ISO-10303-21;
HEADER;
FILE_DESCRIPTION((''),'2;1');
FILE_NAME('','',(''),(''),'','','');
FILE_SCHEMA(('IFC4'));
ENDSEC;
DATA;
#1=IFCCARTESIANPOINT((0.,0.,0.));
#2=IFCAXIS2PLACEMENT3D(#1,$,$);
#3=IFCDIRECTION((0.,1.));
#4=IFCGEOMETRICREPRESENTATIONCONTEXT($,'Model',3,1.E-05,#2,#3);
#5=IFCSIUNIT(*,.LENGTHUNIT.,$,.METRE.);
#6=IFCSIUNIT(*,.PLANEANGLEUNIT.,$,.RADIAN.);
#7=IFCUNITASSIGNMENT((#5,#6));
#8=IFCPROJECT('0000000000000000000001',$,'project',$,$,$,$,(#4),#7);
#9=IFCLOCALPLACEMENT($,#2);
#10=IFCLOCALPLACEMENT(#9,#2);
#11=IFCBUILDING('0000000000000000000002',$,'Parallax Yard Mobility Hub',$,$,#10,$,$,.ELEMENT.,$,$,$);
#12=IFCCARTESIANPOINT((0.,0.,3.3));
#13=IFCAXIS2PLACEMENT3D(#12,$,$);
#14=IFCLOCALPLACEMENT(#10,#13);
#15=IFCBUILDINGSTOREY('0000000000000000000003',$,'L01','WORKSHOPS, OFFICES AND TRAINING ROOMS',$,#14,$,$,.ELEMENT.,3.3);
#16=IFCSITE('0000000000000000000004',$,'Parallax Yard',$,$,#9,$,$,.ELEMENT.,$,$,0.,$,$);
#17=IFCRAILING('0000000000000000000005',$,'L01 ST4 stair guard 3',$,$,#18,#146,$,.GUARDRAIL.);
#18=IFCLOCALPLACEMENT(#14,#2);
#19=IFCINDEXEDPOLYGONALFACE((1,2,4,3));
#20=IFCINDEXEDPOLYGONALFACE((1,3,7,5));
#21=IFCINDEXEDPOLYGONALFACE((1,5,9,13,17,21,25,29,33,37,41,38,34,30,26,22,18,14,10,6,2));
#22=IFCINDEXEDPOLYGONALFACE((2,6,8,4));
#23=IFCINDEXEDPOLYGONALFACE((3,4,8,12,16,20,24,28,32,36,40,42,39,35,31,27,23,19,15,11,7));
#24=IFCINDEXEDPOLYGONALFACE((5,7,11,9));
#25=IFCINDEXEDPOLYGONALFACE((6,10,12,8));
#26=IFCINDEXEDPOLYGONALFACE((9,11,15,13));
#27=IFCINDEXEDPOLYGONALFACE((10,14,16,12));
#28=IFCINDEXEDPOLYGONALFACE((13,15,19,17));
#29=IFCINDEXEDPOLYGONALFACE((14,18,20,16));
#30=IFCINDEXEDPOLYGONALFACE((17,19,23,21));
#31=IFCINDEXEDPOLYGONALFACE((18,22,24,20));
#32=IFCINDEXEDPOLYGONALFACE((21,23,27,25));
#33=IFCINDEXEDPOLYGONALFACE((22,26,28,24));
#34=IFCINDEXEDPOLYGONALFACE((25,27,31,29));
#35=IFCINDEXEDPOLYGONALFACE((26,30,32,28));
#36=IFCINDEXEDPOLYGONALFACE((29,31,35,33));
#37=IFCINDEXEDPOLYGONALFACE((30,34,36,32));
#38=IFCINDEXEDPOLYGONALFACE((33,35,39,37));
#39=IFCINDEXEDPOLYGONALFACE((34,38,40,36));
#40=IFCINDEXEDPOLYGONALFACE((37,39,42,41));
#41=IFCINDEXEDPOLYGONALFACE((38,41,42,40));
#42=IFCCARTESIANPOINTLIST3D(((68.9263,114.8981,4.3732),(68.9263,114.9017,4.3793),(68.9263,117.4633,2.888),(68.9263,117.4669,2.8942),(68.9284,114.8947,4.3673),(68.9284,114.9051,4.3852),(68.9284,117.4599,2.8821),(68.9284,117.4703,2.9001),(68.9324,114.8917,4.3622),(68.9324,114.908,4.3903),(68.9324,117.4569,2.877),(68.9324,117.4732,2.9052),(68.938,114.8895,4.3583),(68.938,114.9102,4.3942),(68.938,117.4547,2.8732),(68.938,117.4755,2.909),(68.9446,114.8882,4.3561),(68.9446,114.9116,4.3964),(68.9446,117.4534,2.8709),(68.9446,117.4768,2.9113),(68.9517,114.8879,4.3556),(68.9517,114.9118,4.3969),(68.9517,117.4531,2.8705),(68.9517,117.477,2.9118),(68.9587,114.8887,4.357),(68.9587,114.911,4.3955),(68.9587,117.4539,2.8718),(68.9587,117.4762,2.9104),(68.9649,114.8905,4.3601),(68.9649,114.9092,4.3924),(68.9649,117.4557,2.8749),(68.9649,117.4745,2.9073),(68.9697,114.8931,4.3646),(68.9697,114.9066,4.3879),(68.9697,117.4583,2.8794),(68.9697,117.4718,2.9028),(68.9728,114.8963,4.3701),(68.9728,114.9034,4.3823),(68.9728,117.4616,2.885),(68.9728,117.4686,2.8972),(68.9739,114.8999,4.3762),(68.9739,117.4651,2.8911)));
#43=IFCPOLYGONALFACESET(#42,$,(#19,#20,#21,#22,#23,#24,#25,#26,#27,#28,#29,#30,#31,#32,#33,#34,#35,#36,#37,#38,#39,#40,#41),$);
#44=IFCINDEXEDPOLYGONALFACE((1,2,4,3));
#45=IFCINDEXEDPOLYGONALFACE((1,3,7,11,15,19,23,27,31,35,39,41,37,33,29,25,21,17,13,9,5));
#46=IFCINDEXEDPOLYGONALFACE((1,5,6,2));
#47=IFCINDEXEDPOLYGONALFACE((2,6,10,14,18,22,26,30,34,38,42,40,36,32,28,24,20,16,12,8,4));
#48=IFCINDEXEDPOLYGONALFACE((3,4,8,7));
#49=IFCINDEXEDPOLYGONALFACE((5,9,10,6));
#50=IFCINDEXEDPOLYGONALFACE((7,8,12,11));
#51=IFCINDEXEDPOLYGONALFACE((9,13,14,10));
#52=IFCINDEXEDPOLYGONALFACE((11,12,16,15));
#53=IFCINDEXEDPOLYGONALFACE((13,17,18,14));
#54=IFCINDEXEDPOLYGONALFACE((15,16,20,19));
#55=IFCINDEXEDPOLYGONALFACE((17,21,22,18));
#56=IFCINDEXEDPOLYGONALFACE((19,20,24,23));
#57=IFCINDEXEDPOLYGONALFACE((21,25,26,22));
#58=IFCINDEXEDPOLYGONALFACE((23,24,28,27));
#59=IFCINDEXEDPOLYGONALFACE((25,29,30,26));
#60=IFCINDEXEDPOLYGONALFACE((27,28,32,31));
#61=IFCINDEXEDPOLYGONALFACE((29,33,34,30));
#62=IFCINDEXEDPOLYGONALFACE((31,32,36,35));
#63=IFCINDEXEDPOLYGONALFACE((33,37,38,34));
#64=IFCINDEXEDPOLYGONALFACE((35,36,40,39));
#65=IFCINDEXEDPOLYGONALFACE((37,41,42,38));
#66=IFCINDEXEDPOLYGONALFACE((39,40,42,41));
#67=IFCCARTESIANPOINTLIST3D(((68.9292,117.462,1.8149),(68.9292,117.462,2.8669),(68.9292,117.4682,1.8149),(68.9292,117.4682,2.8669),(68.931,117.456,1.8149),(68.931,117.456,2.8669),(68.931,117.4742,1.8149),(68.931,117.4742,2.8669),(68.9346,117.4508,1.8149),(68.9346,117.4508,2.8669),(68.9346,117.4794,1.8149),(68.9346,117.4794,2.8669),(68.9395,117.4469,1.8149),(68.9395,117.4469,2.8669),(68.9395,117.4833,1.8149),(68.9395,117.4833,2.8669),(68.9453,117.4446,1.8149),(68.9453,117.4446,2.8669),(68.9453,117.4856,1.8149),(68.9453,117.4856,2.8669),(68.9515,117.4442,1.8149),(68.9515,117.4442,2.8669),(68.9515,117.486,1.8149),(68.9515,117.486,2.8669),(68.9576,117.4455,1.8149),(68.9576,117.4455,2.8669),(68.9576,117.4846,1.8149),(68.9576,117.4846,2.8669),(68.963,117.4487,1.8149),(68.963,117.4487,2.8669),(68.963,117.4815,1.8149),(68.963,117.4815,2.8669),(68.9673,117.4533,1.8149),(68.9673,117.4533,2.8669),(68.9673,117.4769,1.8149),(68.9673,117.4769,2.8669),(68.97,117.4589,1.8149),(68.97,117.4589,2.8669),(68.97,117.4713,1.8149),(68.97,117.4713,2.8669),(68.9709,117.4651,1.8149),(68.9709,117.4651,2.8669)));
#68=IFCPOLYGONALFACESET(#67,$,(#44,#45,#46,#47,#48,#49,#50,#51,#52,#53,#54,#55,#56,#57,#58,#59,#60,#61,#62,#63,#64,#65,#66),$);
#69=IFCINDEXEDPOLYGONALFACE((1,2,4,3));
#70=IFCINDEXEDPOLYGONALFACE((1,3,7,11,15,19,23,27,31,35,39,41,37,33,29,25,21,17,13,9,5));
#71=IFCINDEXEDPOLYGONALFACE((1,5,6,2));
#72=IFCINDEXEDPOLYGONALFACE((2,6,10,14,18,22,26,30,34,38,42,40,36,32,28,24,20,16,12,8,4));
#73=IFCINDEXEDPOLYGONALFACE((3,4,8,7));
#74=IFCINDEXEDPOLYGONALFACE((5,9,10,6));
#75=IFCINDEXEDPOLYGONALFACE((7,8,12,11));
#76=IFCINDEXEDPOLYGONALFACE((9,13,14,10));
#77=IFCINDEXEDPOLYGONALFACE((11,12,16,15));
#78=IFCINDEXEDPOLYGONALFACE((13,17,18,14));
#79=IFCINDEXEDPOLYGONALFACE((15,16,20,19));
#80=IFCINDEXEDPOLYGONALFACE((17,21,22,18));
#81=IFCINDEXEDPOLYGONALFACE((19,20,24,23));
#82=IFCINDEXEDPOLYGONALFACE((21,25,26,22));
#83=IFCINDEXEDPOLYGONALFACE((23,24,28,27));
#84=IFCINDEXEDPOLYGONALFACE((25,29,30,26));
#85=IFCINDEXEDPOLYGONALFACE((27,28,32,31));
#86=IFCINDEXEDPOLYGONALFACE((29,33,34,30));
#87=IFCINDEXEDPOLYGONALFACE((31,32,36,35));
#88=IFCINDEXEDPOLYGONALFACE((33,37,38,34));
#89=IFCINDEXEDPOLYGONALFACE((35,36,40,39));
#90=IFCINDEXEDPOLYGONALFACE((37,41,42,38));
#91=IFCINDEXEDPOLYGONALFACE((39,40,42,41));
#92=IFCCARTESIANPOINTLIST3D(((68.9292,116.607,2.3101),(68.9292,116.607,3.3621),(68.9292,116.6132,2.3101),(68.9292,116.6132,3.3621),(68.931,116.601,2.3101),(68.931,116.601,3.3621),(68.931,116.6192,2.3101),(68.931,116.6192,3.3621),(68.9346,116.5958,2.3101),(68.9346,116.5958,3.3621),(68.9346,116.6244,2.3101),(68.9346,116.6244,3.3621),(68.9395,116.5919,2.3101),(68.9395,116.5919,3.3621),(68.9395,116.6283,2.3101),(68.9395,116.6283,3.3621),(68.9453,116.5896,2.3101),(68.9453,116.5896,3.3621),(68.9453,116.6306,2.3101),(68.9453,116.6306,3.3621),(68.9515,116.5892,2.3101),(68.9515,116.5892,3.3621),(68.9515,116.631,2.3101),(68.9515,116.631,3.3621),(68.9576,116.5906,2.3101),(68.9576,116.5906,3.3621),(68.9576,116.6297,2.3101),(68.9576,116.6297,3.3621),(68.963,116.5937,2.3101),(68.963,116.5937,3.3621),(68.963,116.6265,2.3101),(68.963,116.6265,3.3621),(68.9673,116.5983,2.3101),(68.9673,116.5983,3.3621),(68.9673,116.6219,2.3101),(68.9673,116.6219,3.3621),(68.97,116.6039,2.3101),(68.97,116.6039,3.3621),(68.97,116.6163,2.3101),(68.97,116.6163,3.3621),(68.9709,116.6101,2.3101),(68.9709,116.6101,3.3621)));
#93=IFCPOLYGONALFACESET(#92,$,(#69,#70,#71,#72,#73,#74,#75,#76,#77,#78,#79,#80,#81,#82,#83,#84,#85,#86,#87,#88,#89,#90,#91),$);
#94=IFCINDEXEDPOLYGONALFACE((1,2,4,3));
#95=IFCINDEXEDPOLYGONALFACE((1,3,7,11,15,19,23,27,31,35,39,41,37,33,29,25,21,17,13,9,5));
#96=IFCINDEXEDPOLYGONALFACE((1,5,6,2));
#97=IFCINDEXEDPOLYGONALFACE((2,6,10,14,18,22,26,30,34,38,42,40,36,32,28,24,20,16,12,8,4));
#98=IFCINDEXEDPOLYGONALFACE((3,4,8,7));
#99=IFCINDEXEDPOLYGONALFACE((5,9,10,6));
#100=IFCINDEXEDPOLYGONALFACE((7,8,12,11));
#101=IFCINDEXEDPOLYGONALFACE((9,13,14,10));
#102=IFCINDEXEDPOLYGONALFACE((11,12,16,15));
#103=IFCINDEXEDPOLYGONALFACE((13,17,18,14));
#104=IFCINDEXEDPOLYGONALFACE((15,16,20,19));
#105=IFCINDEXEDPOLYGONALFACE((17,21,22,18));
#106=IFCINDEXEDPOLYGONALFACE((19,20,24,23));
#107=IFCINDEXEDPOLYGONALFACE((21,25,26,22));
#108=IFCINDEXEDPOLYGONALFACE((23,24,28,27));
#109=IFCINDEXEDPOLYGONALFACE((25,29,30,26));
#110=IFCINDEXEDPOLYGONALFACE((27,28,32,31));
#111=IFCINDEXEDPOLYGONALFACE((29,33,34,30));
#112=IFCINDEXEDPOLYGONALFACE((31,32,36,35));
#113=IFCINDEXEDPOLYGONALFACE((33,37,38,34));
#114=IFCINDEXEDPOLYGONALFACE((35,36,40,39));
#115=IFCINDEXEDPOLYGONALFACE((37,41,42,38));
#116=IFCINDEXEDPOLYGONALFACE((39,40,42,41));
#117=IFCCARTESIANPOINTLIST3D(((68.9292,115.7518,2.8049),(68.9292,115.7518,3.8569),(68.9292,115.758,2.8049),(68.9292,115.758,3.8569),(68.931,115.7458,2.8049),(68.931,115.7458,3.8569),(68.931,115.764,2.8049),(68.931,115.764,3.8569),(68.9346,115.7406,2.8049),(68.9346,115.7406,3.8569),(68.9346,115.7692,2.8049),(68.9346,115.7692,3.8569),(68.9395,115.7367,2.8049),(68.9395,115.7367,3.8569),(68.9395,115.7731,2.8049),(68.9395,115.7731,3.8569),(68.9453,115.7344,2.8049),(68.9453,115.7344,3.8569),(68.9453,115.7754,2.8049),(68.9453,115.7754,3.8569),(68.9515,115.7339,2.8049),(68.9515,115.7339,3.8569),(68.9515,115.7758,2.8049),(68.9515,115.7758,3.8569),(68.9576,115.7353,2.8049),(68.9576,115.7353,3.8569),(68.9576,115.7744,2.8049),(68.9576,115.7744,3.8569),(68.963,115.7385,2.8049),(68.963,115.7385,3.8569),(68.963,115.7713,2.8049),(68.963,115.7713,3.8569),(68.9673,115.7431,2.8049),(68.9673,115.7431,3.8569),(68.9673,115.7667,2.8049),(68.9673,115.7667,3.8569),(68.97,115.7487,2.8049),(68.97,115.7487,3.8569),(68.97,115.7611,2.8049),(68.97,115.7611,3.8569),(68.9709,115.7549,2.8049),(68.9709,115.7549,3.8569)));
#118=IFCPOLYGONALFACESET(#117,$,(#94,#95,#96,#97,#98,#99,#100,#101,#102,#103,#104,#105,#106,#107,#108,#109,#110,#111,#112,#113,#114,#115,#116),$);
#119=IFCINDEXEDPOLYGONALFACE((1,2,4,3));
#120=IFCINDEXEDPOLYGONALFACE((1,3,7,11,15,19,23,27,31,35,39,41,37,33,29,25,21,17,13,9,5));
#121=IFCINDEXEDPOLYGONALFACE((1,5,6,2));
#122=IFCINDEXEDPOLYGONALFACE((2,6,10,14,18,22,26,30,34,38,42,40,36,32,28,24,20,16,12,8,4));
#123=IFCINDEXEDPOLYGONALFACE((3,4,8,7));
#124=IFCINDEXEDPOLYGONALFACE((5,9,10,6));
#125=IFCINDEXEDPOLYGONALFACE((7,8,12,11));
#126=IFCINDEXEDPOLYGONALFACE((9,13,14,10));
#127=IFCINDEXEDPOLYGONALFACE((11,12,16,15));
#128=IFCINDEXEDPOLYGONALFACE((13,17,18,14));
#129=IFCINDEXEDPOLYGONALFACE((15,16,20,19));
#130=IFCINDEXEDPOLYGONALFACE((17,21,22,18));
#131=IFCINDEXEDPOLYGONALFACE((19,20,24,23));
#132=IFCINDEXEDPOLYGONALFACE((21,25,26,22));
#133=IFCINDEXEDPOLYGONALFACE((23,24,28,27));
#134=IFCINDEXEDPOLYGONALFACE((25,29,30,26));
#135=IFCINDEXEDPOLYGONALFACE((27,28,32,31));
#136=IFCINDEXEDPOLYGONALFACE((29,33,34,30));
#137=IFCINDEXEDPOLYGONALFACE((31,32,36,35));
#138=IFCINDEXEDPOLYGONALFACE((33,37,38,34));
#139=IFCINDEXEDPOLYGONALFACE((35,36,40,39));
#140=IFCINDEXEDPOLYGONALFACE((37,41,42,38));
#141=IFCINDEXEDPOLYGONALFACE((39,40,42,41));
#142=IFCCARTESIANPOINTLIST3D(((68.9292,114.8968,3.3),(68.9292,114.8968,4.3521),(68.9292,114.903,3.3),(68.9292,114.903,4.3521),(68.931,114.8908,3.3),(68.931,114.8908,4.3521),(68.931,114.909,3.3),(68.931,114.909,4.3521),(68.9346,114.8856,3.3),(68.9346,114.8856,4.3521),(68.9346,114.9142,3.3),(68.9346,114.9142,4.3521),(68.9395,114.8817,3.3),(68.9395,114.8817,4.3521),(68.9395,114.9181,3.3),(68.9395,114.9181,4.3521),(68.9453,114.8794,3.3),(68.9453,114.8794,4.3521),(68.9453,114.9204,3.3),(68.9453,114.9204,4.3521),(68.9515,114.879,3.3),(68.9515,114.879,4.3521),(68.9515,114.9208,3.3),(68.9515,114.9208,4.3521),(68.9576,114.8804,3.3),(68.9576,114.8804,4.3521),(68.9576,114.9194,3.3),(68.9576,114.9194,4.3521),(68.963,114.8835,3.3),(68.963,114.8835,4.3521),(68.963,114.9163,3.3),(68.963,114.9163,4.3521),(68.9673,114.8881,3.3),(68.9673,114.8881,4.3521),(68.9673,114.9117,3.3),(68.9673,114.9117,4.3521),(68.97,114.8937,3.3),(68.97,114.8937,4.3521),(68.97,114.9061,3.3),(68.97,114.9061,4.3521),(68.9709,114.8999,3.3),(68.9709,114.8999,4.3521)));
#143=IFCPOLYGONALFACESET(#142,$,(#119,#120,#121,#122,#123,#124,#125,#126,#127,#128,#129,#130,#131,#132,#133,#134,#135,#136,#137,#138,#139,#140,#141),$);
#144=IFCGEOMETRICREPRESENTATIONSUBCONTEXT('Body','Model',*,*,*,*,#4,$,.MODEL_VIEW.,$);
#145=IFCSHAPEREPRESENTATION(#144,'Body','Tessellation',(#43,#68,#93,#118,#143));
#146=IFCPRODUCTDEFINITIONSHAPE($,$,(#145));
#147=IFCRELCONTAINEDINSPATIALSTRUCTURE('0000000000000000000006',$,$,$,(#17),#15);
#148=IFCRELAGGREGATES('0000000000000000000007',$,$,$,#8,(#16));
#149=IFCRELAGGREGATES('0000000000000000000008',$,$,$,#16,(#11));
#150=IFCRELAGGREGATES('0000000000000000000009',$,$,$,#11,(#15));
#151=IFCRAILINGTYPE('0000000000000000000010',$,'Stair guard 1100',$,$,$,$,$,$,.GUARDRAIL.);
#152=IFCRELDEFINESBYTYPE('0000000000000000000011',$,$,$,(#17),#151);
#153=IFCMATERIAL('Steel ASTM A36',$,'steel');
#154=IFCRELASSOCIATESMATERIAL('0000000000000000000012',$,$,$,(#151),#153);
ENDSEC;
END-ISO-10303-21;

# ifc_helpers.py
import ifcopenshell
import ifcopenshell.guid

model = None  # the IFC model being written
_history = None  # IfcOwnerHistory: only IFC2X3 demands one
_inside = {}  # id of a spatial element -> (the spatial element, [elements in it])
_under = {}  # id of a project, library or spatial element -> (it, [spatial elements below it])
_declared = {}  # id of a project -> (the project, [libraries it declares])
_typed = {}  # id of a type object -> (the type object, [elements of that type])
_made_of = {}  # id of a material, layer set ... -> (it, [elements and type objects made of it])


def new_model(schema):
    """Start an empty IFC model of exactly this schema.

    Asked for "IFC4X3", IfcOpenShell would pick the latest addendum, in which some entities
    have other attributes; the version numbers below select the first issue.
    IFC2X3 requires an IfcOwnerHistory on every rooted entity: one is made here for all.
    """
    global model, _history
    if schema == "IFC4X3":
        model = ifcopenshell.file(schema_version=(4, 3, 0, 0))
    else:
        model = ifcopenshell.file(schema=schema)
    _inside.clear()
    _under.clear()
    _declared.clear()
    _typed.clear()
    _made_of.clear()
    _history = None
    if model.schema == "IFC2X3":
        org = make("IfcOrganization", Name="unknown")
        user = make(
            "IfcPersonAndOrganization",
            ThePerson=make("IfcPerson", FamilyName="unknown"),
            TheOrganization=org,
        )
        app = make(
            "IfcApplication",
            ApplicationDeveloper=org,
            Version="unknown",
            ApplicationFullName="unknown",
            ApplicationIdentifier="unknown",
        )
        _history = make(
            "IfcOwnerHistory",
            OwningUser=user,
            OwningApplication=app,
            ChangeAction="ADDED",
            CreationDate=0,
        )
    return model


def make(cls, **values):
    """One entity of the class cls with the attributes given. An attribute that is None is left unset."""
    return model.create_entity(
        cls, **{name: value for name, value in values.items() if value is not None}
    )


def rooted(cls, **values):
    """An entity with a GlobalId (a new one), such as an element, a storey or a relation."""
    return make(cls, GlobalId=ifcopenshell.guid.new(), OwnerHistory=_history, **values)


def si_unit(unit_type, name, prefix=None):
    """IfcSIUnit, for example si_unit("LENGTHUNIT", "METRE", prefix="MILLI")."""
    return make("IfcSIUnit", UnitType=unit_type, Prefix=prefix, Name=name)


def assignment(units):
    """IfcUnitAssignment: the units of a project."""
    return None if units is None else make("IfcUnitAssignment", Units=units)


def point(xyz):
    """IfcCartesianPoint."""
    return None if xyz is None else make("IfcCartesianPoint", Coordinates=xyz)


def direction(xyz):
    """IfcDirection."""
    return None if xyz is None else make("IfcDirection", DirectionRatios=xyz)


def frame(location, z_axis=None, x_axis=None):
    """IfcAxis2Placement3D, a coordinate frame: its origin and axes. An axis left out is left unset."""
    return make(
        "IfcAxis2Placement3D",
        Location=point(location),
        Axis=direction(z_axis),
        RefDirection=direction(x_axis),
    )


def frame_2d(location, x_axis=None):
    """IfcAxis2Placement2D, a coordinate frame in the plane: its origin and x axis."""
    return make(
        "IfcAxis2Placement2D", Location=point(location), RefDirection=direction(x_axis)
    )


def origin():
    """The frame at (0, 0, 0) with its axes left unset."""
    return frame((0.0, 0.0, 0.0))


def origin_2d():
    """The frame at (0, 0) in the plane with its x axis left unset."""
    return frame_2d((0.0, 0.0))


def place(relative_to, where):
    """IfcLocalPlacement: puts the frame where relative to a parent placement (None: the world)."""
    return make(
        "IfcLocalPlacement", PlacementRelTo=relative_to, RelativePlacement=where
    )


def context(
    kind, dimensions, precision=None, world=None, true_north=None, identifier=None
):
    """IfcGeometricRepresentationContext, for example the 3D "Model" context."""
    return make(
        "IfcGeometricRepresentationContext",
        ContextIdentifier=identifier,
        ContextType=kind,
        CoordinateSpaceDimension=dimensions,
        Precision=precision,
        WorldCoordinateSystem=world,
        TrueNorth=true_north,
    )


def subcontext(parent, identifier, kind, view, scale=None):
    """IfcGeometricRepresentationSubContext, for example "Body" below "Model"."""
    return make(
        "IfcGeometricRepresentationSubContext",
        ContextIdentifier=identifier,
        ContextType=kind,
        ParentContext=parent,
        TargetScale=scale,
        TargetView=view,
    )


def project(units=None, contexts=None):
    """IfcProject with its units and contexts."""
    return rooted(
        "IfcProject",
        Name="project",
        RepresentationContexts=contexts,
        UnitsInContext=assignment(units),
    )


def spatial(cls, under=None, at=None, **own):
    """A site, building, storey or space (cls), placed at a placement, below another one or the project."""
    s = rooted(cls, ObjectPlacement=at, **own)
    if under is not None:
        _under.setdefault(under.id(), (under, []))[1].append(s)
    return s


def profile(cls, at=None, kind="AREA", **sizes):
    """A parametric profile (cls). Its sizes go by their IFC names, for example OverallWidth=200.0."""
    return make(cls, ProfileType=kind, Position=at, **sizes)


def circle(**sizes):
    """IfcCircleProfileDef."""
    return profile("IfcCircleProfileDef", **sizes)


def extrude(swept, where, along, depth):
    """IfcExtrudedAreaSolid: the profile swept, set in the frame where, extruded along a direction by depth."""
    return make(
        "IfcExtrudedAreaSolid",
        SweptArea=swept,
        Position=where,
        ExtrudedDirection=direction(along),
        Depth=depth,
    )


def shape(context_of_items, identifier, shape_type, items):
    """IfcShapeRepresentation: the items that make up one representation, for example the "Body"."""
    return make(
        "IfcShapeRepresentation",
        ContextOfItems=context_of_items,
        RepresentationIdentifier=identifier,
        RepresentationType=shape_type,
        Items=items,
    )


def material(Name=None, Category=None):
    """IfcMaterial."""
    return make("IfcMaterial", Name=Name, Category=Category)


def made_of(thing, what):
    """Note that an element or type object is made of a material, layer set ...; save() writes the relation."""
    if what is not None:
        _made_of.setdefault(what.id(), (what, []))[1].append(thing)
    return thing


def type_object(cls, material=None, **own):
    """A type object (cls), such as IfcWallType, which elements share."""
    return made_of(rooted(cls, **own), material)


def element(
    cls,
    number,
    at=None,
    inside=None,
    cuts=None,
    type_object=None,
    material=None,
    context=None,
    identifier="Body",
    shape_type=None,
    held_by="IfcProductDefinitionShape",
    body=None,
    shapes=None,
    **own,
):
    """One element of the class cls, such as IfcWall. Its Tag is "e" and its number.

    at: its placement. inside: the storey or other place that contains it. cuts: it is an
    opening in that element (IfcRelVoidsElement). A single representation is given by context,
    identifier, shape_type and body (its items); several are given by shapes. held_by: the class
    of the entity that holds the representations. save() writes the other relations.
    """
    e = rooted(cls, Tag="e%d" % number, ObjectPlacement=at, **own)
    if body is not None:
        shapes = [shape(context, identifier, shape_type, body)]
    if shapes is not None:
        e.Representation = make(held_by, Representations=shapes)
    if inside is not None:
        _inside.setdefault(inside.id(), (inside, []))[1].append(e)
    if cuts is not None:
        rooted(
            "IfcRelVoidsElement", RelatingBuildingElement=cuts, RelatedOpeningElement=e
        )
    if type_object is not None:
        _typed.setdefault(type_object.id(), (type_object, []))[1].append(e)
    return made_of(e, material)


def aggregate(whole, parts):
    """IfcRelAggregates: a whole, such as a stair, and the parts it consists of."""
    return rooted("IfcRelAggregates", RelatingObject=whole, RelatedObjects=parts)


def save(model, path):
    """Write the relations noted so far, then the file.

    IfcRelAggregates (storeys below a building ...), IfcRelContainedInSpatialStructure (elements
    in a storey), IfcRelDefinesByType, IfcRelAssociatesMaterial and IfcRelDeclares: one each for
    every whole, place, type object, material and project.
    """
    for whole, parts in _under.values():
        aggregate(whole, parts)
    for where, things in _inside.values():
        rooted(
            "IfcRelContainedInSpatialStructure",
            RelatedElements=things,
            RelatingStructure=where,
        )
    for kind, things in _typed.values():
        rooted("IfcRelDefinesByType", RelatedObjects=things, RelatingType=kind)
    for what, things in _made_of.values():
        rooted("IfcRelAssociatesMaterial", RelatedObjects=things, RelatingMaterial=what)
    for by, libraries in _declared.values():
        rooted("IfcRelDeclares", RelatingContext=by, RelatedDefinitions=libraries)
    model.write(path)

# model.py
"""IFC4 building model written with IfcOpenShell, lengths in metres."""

from ifc_helpers import new_model, si_unit, direction, frame, origin, origin_2d, place, context, subcontext, project, spatial, circle, extrude, material, type_object, element, save


model = new_model("IFC4")

# Units and contexts
model_context = context("Model", 3, precision=1e-05, world=origin(), true_north=direction((0.0, 1.0)))
body_context = subcontext(model_context, "Body", "Model", "MODEL_VIEW")
ifc_project = project(units=[si_unit("LENGTHUNIT", "METRE"), si_unit("PLANEANGLEUNIT", "RADIAN")], contexts=[model_context])

# Site, building, storey
site_placement = place(None, origin())
site = spatial("IfcSite", under=ifc_project, at=site_placement, Name="Parallax Yard", CompositionType="ELEMENT", RefElevation=0.0)
building_placement = place(site_placement, origin())
building = spatial("IfcBuilding", under=site, at=building_placement, Name="Parallax Yard Mobility Hub", CompositionType="ELEMENT")
storey_placement = place(building_placement, frame((0.0, 0.0, 3.3)))
storey = spatial("IfcBuildingStorey", under=building, at=storey_placement, Name="L01", Description="WORKSHOPS, OFFICES AND TRAINING ROOMS", CompositionType="ELEMENT", Elevation=3.3)

# Railing
ifc_material_1 = material(Name="Steel ASTM A36", Category="steel")
railing_type_1 = type_object("IfcRailingType", Name="Stair guard 1100", PredefinedType="GUARDRAIL", material=ifc_material_1)
railing_1_placement = place(storey_placement, frame((68.95, 117.4651, 1.8149)))
element("IfcRailing", 1, at=railing_1_placement, inside=storey, type_object=railing_type_1, Name="L01 ST4 stair guard 3", PredefinedType="GUARDRAIL", context=body_context, shape_type="SweptSolid", body=[
    extrude(circle(Radius=0.0239, at=origin_2d()), frame((0.0, 0.0, 1.0762), z_axis=(0.0, -0.865426, 0.501036), x_axis=(1.0, 0.0, 0.0)), (0.0, 0.0, 1.0), 2.9641),
    extrude(circle(Radius=0.021, at=origin_2d()), origin(), (0.0, 0.0, 1.0), 1.052),
    extrude(circle(Radius=0.021, at=origin_2d()), frame((0.0, -0.855, 0.4951)), (0.0, 0.0, 1.0), 1.052),
    extrude(circle(Radius=0.021, at=origin_2d()), frame((0.0, -1.7102, 0.99)), (0.0, 0.0, 1.0), 1.052),
    extrude(circle(Radius=0.021, at=origin_2d()), frame((0.0, -2.5652, 1.4851)), (0.0, 0.0, 1.0), 1.052),
])

save(model, "model.ifc")
